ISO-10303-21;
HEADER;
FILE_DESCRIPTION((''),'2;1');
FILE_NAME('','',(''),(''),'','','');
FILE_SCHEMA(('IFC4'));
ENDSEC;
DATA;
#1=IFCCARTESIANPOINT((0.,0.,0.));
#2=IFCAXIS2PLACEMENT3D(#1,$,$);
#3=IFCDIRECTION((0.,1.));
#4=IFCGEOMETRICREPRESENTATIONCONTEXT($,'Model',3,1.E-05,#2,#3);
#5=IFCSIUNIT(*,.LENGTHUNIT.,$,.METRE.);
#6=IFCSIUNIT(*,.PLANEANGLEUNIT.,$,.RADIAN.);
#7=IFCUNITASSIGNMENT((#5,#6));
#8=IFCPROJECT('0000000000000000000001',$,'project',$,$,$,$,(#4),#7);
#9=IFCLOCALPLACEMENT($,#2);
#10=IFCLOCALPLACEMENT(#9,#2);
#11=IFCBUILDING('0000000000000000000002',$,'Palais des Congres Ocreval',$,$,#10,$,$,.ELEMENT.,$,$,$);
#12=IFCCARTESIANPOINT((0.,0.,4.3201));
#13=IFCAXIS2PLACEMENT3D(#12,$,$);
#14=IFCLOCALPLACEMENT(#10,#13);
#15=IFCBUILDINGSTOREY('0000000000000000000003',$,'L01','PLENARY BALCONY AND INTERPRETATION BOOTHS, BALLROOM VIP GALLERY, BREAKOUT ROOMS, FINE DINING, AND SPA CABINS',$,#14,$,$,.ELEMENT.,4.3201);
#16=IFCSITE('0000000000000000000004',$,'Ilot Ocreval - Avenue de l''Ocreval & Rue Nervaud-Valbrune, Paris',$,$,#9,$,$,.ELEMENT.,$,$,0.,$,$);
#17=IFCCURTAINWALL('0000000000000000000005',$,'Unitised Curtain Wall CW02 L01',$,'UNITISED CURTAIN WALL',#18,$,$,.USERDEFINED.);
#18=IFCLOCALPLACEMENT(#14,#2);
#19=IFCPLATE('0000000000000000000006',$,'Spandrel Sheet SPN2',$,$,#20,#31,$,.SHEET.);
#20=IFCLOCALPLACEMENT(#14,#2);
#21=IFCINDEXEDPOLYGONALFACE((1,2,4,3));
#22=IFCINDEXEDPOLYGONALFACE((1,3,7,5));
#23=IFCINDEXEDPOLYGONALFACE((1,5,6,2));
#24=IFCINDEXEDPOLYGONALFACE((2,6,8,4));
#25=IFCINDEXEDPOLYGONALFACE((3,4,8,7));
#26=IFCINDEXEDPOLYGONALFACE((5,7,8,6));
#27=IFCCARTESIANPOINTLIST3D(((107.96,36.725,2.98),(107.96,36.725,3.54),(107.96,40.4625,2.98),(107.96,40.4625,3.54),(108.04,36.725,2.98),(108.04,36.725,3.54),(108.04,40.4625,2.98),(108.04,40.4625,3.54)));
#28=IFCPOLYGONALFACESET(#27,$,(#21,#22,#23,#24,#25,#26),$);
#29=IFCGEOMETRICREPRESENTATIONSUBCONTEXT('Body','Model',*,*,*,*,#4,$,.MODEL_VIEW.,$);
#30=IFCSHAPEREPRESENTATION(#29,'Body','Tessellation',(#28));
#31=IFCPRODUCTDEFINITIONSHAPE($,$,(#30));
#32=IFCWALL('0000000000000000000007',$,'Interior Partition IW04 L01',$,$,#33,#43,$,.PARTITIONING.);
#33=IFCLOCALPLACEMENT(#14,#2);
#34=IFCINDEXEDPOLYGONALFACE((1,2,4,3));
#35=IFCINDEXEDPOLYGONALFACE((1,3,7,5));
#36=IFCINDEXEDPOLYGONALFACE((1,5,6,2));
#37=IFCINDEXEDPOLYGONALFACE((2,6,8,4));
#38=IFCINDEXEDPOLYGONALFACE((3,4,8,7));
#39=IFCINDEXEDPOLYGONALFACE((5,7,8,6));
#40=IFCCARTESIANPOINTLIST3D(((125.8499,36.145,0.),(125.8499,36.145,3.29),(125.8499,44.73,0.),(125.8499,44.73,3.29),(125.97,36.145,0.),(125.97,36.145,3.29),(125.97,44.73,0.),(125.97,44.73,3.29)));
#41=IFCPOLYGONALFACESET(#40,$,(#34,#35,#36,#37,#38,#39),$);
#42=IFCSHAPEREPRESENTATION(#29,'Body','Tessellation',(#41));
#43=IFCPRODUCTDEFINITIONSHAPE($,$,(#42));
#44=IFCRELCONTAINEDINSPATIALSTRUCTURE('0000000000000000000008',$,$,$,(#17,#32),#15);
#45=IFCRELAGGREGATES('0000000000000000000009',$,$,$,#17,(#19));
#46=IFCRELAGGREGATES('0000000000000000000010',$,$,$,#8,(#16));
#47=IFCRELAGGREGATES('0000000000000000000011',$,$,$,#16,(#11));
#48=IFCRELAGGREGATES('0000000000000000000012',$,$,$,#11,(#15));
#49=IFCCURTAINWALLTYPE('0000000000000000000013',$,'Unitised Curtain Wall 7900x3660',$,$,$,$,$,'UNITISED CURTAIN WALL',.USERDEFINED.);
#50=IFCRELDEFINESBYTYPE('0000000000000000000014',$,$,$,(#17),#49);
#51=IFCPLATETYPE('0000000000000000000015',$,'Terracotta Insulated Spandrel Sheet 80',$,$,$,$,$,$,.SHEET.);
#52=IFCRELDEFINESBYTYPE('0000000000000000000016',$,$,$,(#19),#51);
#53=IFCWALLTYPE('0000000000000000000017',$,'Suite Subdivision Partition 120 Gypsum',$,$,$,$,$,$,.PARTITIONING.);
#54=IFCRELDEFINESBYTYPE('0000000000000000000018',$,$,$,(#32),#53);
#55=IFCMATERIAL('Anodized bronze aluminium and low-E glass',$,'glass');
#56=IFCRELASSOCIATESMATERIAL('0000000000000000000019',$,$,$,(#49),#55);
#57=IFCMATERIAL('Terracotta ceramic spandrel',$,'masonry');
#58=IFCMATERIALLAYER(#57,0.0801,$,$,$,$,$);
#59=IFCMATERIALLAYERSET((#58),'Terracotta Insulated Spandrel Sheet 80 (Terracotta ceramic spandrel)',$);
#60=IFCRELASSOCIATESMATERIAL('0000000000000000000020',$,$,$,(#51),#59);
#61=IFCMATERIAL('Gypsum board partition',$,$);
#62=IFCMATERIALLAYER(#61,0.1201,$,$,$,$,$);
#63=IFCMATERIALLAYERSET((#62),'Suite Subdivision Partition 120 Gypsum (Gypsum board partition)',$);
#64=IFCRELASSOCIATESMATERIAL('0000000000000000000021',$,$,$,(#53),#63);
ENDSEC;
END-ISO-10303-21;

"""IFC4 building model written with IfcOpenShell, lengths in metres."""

from ifc_helpers import new_model, si_unit, direction, frame, frame_2d, origin, origin_2d, place, context, subcontext, project, spatial, rectangle, extrude, material, layer, layer_set, type_object, element, aggregate, save


model = new_model("IFC4")

# Units and contexts
model_context = context("Model", 3, precision=1e-05, world=origin(), true_north=direction((0.0, 1.0)))
body_context = subcontext(model_context, "Body", "Model", "MODEL_VIEW")
ifc_project = project(units=[si_unit("LENGTHUNIT", "METRE"), si_unit("PLANEANGLEUNIT", "RADIAN")], contexts=[model_context])

# Site, building, storey
site_placement = place(None, origin())
site = spatial("IfcSite", under=ifc_project, at=site_placement, Name="Ilot Ocreval - Avenue de l'Ocreval & Rue Nervaud-Valbrune, Paris", CompositionType="ELEMENT", RefElevation=0.0)
building_placement = place(site_placement, origin())
building = spatial("IfcBuilding", under=site, at=building_placement, Name="Palais des Congres Ocreval", CompositionType="ELEMENT")
storey_placement = place(building_placement, frame((0.0, 0.0, 4.3201)))
storey = spatial("IfcBuildingStorey", under=building, at=storey_placement, Name="L01", Description="PLENARY BALCONY AND INTERPRETATION BOOTHS, BALLROOM VIP GALLERY, BREAKOUT ROOMS, FINE DINING, AND SPA CABINS", CompositionType="ELEMENT", Elevation=4.3201)

# Curtain wall
ifc_material_1 = material(Name="Anodized bronze aluminium and low-E glass", Category="glass")
curtain_wall_type = type_object("IfcCurtainWallType", Name="Unitised Curtain Wall 7900x3660", ElementType="UNITISED CURTAIN WALL", PredefinedType="USERDEFINED", material=ifc_material_1)
curtain_wall_placement = place(storey_placement, origin())
curtain_wall = element("IfcCurtainWall", 1, at=curtain_wall_placement, inside=storey, type_object=curtain_wall_type, Name="Unitised Curtain Wall CW02 L01", ObjectType="UNITISED CURTAIN WALL", PredefinedType="USERDEFINED")

# Plate
ifc_material_2 = material(Name="Terracotta ceramic spandrel", Category="masonry")
ifc_layer_1 = layer(ifc_material_2, 0.0801)
ifc_layer_set_1 = layer_set([ifc_layer_1], Name="Terracotta Insulated Spandrel Sheet 80 (Terracotta ceramic spandrel)")
plate_type_1 = type_object("IfcPlateType", Name="Terracotta Insulated Spandrel Sheet 80", PredefinedType="SHEET", material=ifc_layer_set_1)
plate_1_placement = place(storey_placement, frame((108.0, 38.5938, 2.98), z_axis=(0.0, 0.0, 1.0), x_axis=(0.0, 1.0, 0.0)))
plate_1 = element("IfcPlate", 2, at=plate_1_placement, type_object=plate_type_1, Name="Spandrel Sheet SPN2", PredefinedType="SHEET", context=body_context, shape_type="SweptSolid", body=[
    extrude(rectangle(XDim=3.7375, YDim=0.0801, at=origin_2d()), origin(), (0.0, 0.0, 1.0), 0.5601),
])
aggregate(curtain_wall, [plate_1])

# Wall
ifc_material_3 = material(Name="Gypsum board partition")
ifc_layer_2 = layer(ifc_material_3, 0.1201)
ifc_layer_set_2 = layer_set([ifc_layer_2], Name="Suite Subdivision Partition 120 Gypsum (Gypsum board partition)")
wall_type = type_object("IfcWallType", Name="Suite Subdivision Partition 120 Gypsum", PredefinedType="PARTITIONING", material=ifc_layer_set_2)
wall_placement = place(storey_placement, frame((125.9099, 36.145, 0.0), z_axis=(0.0, 0.0, 1.0), x_axis=(0.0, 1.0, 0.0)))
element("IfcWall", 3, at=wall_placement, inside=storey, type_object=wall_type, Name="Interior Partition IW04 L01", PredefinedType="PARTITIONING", context=body_context, shape_type="SweptSolid", body=[
    extrude(rectangle(XDim=8.585, YDim=0.1201, at=frame_2d((4.2925, 0.0))), origin(), (0.0, 0.0, 1.0), 3.29),
])

save(model, "model.ifc")
